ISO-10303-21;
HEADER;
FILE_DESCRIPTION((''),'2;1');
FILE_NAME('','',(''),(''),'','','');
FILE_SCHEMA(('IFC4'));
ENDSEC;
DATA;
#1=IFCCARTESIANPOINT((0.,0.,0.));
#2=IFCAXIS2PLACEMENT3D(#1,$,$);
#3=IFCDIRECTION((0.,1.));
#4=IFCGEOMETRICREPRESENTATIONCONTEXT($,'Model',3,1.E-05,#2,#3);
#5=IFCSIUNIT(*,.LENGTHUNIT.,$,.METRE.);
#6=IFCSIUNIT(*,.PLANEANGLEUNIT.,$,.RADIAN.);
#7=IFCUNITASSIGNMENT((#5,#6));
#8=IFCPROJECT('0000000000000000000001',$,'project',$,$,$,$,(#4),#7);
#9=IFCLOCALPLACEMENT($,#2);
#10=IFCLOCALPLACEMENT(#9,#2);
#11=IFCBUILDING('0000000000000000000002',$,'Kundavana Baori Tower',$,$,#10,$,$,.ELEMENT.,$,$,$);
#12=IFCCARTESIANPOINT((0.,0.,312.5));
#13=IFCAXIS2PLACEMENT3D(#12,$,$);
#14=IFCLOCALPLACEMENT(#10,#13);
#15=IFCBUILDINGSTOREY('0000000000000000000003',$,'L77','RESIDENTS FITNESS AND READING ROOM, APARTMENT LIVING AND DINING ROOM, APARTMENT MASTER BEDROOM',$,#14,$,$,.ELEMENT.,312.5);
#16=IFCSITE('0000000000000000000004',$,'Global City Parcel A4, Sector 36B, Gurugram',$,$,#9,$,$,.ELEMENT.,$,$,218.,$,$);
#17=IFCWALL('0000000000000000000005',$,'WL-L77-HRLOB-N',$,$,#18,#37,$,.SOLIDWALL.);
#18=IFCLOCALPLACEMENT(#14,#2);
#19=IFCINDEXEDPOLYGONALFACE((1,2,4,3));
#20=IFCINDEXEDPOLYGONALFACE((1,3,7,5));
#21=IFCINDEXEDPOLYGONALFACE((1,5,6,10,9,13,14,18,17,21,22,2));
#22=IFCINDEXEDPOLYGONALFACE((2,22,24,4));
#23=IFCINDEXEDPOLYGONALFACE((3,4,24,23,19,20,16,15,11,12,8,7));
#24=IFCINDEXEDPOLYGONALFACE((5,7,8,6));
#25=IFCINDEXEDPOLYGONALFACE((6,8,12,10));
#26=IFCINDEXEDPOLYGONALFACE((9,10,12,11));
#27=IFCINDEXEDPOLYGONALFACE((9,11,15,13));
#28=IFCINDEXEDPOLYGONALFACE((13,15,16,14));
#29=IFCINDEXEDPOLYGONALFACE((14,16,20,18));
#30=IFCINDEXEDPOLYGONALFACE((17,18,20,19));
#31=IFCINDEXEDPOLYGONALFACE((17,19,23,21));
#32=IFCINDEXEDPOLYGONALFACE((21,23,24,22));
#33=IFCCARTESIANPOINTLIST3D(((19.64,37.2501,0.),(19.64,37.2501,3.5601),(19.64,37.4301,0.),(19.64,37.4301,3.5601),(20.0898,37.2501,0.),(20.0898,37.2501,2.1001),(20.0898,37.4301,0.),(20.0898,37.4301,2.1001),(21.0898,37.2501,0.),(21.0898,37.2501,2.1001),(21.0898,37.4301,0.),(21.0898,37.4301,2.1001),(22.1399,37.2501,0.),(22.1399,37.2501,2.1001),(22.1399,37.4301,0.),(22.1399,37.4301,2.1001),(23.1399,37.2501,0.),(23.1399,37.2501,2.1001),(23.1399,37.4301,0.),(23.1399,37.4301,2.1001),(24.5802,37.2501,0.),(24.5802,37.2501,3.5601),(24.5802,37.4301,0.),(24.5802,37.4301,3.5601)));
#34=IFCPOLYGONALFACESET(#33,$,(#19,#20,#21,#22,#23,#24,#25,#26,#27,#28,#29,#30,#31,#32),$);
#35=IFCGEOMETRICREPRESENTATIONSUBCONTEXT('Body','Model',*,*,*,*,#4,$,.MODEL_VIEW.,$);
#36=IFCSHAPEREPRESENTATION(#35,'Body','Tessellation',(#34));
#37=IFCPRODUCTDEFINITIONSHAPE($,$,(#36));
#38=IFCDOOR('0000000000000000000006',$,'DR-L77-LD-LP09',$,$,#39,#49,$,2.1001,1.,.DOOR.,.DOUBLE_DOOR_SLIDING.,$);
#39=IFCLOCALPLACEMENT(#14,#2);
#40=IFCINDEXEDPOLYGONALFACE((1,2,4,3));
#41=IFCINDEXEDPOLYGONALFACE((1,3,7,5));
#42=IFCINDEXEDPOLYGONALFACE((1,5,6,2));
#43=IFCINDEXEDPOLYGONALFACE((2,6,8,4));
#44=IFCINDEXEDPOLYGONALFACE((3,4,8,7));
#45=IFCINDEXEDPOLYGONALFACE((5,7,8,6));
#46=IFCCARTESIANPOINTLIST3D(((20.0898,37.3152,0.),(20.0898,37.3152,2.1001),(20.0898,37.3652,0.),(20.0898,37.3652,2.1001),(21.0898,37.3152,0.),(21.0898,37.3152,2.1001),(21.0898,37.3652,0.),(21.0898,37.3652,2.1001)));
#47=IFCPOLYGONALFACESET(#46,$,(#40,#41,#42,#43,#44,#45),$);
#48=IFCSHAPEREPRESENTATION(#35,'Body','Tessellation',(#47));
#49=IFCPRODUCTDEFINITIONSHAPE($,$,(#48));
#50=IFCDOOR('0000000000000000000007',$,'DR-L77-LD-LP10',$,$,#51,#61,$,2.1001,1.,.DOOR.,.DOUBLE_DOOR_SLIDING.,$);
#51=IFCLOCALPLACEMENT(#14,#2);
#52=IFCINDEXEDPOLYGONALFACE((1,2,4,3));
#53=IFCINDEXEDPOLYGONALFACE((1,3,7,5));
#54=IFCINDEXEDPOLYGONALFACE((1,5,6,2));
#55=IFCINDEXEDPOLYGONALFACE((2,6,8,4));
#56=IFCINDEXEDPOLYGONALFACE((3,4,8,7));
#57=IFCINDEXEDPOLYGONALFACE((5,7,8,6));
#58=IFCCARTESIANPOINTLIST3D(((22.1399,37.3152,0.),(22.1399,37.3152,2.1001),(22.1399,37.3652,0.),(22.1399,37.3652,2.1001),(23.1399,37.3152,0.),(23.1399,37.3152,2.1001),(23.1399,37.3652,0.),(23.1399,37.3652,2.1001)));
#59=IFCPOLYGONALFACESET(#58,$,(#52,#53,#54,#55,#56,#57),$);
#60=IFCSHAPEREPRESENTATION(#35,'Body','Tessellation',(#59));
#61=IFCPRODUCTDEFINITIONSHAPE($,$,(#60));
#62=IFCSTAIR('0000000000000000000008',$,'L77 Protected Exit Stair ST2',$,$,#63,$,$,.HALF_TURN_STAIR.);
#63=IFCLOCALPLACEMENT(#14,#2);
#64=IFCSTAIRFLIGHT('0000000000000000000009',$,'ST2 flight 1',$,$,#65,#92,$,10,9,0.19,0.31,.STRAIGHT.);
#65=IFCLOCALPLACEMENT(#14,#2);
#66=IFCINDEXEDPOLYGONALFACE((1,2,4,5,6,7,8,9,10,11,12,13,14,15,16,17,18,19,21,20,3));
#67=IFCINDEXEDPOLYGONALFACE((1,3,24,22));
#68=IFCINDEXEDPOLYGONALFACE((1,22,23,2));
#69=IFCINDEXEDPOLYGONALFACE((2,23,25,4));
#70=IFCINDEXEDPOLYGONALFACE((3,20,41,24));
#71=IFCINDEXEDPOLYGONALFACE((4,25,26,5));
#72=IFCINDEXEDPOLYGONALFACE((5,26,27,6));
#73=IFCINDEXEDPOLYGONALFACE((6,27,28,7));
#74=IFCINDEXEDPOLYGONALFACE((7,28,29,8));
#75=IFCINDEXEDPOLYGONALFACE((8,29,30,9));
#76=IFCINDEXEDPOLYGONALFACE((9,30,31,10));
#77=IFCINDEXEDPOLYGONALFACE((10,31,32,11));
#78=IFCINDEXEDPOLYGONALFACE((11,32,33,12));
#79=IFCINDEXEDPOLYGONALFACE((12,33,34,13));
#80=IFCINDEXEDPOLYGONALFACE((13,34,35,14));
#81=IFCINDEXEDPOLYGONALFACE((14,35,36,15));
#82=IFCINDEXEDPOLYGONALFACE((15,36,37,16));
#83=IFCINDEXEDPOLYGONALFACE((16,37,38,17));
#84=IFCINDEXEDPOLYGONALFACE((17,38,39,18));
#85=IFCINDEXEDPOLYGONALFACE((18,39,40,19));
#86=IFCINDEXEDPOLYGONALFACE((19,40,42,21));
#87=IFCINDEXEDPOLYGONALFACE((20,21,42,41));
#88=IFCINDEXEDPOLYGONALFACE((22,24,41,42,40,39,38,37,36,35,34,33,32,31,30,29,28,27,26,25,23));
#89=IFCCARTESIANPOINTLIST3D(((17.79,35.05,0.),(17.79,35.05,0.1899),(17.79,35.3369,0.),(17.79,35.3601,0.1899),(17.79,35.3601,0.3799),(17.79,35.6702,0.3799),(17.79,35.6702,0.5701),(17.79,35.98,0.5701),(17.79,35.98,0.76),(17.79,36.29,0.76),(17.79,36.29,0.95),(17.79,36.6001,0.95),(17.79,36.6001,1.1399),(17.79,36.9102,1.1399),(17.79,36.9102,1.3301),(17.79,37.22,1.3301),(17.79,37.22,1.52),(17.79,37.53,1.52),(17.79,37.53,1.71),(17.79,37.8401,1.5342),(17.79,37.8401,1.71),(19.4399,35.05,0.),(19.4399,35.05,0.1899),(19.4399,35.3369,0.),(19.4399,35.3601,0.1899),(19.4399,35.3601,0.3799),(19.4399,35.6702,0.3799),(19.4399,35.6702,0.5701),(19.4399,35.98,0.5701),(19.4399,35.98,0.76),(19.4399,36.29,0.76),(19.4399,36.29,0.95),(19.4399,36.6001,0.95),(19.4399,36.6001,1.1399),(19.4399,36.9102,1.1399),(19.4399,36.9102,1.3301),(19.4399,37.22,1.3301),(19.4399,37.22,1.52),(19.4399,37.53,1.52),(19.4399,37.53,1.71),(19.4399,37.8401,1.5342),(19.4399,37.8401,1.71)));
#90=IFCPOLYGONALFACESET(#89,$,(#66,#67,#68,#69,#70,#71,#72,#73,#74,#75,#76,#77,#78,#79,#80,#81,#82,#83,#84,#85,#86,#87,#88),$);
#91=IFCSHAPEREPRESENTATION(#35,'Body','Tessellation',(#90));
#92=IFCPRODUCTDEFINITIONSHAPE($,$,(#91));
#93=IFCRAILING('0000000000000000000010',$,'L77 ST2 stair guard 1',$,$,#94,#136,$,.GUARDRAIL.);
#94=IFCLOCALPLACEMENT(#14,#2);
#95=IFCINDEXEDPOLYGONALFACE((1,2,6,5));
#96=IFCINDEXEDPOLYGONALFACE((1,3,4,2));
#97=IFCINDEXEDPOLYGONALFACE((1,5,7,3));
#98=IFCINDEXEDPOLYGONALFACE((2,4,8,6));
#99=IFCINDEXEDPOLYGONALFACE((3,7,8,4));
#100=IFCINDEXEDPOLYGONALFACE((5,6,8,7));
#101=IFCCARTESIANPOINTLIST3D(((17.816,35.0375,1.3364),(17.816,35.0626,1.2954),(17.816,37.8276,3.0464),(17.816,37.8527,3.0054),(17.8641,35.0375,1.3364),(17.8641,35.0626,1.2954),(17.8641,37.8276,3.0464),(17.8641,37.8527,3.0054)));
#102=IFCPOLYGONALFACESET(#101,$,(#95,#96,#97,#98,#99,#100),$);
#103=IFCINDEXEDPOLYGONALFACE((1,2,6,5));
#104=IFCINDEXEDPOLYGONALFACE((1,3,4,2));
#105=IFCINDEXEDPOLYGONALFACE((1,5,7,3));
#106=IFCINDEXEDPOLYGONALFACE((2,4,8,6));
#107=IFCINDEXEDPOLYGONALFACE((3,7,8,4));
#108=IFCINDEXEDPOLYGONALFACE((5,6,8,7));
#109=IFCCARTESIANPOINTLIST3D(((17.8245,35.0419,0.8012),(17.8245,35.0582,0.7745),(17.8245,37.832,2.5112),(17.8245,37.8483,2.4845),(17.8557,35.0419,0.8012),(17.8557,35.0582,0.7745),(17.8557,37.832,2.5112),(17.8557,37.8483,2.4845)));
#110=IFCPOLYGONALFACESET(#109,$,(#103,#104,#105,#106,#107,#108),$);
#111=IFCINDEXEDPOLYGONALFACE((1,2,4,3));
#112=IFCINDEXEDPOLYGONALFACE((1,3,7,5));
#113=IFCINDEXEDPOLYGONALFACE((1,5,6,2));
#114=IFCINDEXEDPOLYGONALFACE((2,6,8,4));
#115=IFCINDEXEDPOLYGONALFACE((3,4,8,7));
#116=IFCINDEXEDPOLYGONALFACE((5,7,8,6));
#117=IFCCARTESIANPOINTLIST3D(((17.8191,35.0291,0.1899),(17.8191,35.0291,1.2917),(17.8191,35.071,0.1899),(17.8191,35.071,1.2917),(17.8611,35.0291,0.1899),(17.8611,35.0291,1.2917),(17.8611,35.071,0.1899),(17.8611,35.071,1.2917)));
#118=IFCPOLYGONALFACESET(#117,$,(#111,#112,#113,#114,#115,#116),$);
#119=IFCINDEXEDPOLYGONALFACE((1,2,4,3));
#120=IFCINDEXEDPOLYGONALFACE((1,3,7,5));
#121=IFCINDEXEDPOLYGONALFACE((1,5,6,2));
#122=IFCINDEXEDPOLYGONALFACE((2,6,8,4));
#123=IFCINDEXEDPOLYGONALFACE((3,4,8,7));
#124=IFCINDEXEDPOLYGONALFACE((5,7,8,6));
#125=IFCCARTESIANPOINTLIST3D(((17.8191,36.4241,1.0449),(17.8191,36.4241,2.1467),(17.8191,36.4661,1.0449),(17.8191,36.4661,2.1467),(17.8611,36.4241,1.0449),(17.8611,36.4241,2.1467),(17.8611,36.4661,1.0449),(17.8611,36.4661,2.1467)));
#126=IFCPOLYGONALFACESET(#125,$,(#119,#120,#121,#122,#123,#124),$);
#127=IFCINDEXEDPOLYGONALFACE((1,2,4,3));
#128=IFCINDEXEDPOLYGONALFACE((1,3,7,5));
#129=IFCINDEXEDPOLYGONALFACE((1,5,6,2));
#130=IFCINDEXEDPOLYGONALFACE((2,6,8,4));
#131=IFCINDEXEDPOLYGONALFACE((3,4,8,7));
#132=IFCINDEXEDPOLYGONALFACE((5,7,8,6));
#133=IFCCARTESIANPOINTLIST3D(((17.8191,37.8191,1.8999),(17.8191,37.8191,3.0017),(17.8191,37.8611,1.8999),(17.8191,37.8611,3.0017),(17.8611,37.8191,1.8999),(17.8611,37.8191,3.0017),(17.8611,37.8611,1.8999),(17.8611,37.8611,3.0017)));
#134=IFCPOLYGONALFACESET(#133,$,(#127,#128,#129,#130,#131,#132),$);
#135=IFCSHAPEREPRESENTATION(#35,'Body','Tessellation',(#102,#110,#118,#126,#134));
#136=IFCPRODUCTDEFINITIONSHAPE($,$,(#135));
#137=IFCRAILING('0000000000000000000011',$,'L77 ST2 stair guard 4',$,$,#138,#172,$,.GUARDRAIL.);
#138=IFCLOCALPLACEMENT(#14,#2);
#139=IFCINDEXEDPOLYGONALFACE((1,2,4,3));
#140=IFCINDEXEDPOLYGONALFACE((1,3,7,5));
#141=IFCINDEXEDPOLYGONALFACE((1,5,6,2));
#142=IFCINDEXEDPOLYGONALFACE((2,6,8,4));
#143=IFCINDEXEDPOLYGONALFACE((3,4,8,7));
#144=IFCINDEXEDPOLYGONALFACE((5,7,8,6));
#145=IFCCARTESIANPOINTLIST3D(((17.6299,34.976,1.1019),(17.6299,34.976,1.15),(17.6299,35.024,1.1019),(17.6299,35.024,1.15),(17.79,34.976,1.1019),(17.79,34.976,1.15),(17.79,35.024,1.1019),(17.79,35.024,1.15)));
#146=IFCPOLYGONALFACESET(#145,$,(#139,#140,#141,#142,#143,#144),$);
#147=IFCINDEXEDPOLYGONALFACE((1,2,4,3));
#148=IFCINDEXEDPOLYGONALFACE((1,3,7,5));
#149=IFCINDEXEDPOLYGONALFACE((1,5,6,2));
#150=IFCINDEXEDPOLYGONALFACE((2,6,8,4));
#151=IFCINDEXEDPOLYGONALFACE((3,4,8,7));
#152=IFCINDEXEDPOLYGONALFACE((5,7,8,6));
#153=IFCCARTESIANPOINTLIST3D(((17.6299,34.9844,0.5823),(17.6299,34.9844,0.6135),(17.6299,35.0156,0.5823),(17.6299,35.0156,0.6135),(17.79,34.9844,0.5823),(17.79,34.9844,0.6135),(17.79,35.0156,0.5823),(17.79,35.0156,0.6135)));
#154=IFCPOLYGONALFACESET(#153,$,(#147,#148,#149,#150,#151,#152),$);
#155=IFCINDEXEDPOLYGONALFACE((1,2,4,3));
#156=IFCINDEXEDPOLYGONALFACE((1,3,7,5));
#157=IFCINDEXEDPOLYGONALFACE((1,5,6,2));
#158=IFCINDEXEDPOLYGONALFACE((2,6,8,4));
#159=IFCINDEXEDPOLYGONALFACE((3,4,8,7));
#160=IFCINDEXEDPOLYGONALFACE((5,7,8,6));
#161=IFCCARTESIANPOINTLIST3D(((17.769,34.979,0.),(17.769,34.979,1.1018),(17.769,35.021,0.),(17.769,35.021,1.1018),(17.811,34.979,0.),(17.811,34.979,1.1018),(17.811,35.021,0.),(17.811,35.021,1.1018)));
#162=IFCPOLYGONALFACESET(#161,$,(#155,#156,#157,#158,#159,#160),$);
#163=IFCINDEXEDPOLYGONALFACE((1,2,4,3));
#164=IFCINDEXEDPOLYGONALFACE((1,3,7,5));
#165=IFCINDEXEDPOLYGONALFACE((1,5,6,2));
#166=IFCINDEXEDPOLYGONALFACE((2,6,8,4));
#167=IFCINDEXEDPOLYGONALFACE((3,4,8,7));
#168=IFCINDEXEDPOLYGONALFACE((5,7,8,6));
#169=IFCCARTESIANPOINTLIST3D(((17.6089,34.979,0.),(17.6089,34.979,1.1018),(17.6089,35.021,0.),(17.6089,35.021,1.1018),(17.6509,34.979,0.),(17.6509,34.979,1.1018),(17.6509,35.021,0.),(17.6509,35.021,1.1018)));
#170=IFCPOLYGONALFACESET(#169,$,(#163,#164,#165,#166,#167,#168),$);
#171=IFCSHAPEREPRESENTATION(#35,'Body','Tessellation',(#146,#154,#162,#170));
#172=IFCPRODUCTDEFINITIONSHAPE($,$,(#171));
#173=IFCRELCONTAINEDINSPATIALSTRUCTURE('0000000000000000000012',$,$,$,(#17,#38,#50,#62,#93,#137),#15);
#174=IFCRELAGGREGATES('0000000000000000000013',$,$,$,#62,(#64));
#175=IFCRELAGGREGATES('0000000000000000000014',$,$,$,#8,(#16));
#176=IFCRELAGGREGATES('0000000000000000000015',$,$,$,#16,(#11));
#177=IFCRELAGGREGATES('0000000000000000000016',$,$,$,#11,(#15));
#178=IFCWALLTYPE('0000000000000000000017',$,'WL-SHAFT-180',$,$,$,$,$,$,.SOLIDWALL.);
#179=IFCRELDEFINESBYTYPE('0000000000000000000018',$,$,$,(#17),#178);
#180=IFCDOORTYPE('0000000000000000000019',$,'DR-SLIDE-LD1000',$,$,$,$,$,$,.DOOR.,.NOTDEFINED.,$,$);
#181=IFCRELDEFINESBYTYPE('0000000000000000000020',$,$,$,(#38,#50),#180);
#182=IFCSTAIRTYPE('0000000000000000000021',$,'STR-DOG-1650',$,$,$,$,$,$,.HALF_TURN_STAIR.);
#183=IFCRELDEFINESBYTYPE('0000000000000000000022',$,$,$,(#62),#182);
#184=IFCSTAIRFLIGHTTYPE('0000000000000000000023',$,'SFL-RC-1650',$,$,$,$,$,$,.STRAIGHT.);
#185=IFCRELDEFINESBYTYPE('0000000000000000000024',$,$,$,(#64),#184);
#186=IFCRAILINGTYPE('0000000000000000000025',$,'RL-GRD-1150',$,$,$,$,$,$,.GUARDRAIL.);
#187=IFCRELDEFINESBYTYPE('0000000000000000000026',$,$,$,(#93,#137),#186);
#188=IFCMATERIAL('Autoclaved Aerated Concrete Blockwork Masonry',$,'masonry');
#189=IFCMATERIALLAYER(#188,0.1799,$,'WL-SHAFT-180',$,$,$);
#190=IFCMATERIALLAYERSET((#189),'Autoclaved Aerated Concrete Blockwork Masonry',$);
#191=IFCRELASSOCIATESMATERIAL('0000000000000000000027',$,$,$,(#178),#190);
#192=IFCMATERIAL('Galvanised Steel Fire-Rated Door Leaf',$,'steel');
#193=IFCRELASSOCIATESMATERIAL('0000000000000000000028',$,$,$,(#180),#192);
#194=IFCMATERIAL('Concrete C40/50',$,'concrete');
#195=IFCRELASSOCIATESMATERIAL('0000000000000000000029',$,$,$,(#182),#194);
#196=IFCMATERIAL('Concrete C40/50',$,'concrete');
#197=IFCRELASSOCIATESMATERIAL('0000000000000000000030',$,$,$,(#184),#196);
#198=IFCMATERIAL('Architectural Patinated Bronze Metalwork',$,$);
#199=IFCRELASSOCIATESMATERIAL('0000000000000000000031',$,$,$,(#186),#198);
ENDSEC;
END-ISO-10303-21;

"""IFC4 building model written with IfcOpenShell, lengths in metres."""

from ifc_helpers import new_model, si_unit, direction, frame, frame_2d, origin, origin_2d, place, context, subcontext, project, spatial, polyline, rectangle, outline, extrude, material, layer, layer_set, type_object, element, fill, aggregate, save


model = new_model("IFC4")

# Units and contexts
model_context = context("Model", 3, precision=1e-05, world=origin(), true_north=direction((0.0, 1.0)))
body_context = subcontext(model_context, "Body", "Model", "MODEL_VIEW")
ifc_project = project(units=[si_unit("LENGTHUNIT", "METRE"), si_unit("PLANEANGLEUNIT", "RADIAN")], contexts=[model_context])

# Site, building, storey
site_placement = place(None, origin())
site = spatial("IfcSite", under=ifc_project, at=site_placement, Name="Global City Parcel A4, Sector 36B, Gurugram", CompositionType="ELEMENT", RefElevation=218.0)
building_placement = place(site_placement, origin())
building = spatial("IfcBuilding", under=site, at=building_placement, Name="Kundavana Baori Tower", CompositionType="ELEMENT")
storey_placement = place(building_placement, frame((0.0, 0.0, 312.5)))
storey = spatial("IfcBuildingStorey", under=building, at=storey_placement, Name="L77", Description="RESIDENTS FITNESS AND READING ROOM, APARTMENT LIVING AND DINING ROOM, APARTMENT MASTER BEDROOM", CompositionType="ELEMENT", Elevation=312.5)

# Shared definitions
ifc_material_1 = material(Name="Autoclaved Aerated Concrete Blockwork Masonry", Category="masonry")
ifc_layer_1 = layer(ifc_material_1, 0.1799, Name="WL-SHAFT-180")
ifc_layer_set_1 = layer_set([ifc_layer_1], Name="Autoclaved Aerated Concrete Blockwork Masonry")
wall_type_1 = type_object("IfcWallType", Name="WL-SHAFT-180", PredefinedType="SOLIDWALL", material=ifc_layer_set_1)
ifc_material_2 = material(Name="Galvanised Steel Fire-Rated Door Leaf", Category="steel")
door_type_1 = type_object("IfcDoorType", Name="DR-SLIDE-LD1000", OperationType="NOTDEFINED", PredefinedType="DOOR", material=ifc_material_2)

# Wall, openings, doors
wall_1_placement = place(storey_placement, frame((19.6399, 37.3401, 0.0), z_axis=(0.0, 0.0, 1.0), x_axis=(1.0, 0.0, 0.0)))
wall_1 = element("IfcWall", 1, at=wall_1_placement, inside=storey, type_object=wall_type_1, Name="WL-L77-HRLOB-N", PredefinedType="SOLIDWALL", context=body_context, shape_type="SweptSolid", body=[
    extrude(rectangle(XDim=4.9402, YDim=0.1799, at=frame_2d((2.4702, 0.0))), origin(), (0.0, 0.0, 1.0), 3.5601),
])
opening_1_placement = place(wall_1_placement, frame((0.45, 0.0, 0.0)))
opening_1 = element("IfcOpeningElement", 2, at=opening_1_placement, cuts=wall_1, PredefinedType="OPENING", context=body_context, shape_type="SweptSolid", body=[
    extrude(rectangle(XDim=1.0, YDim=2.1001, at=frame_2d((0.5, 1.05))), frame((0.0, 0.1001, 0.0), z_axis=(0.0, -1.0, 0.0), x_axis=(1.0, 0.0, 0.0)), (0.0, 0.0, 1.0), 0.2),
])
opening_2_placement = place(wall_1_placement, frame((2.5, 0.0, 0.0)))
opening_2 = element("IfcOpeningElement", 3, at=opening_2_placement, cuts=wall_1, PredefinedType="OPENING", context=body_context, shape_type="SweptSolid", body=[
    extrude(rectangle(XDim=1.0, YDim=2.1001, at=frame_2d((0.5, 1.05))), frame((0.0, 0.1001, 0.0), z_axis=(0.0, -1.0, 0.0), x_axis=(1.0, 0.0, 0.0)), (0.0, 0.0, 1.0), 0.2),
])
door_1_placement = place(opening_1_placement, frame((1.0, 0.0, 0.0), z_axis=(0.0, 0.0, 1.0), x_axis=(-1.0, 0.0, 0.0)))
door_1 = element("IfcDoor", 4, at=door_1_placement, inside=storey, type_object=door_type_1, Name="DR-L77-LD-LP09", OperationType="DOUBLE_DOOR_SLIDING", OverallHeight=2.1001, OverallWidth=1.0, PredefinedType="DOOR", context=body_context, shape_type="SweptSolid", body=[
    extrude(rectangle(XDim=1.0, YDim=2.1001, at=frame_2d((0.5, 1.05))), frame((0.0, 0.0249, 0.0), z_axis=(0.0, -1.0, 0.0), x_axis=(1.0, 0.0, 0.0)), (0.0, 0.0, 1.0), 0.05),
])
fill(opening_1, door_1)
door_2_placement = place(opening_2_placement, frame((1.0, 0.0, 0.0), z_axis=(0.0, 0.0, 1.0), x_axis=(-1.0, 0.0, 0.0)))
door_2 = element("IfcDoor", 5, at=door_2_placement, inside=storey, type_object=door_type_1, Name="DR-L77-LD-LP10", OperationType="DOUBLE_DOOR_SLIDING", OverallHeight=2.1001, OverallWidth=1.0, PredefinedType="DOOR", context=body_context, shape_type="SweptSolid", body=[
    extrude(rectangle(XDim=1.0, YDim=2.1001, at=frame_2d((0.5, 1.05))), frame((0.0, 0.0249, 0.0), z_axis=(0.0, -1.0, 0.0), x_axis=(1.0, 0.0, 0.0)), (0.0, 0.0, 1.0), 0.05),
])
fill(opening_2, door_2)

# Stair, stair flight
ifc_material_3 = material(Name="Concrete C40/50", Category="concrete")
stair_type = type_object("IfcStairType", Name="STR-DOG-1650", PredefinedType="HALF_TURN_STAIR", material=ifc_material_3)
stair_placement = place(storey_placement, origin())
stair = element("IfcStair", 6, at=stair_placement, inside=storey, type_object=stair_type, Name="L77 Protected Exit Stair ST2", PredefinedType="HALF_TURN_STAIR")
ifc_material_4 = material(Name="Concrete C40/50", Category="concrete")
stair_flight_type = type_object("IfcStairFlightType", Name="SFL-RC-1650", PredefinedType="STRAIGHT", material=ifc_material_4)
stair_flight_placement = place(storey_placement, frame((18.615, 35.05, 0.0), z_axis=(0.0, 0.0, 1.0), x_axis=(0.0, 1.0, 0.0)))
stair_flight = element("IfcStairFlight", 7, at=stair_flight_placement, type_object=stair_flight_type, Name="ST2 flight 1", NumberOfRisers=10, NumberOfTreads=9, PredefinedType="STRAIGHT", RiserHeight=0.19, TreadLength=0.31, context=body_context, shape_type="SweptSolid", body=[
    extrude(outline(polyline([(0.0, 0.0), (0.0, 0.1899), (0.3101, 0.1899), (0.3101, 0.3799), (0.6201, 0.3799), (0.6201, 0.5701), (0.9299, 0.5701), (0.9299, 0.76), (1.24, 0.76), (1.24, 0.95), (1.55, 0.95), (1.55, 1.1399), (1.8601, 1.1399), (1.8601, 1.3301), (2.1699, 1.3301), (2.1699, 1.52), (2.48, 1.52), (2.48, 1.71), (2.79, 1.71), (2.79, 1.8999), (2.79, 1.5342), (0.2869, 0.0), (0.0, 0.0)])), frame((0.0, 0.825, 0.0), z_axis=(0.0, -1.0, 0.0), x_axis=(1.0, 0.0, 0.0)), (0.0, 0.0, 1.0), 1.6499),
])
aggregate(stair, [stair_flight])

# Railings
ifc_material_5 = material(Name="Architectural Patinated Bronze Metalwork")
railing_type_1 = type_object("IfcRailingType", Name="RL-GRD-1150", PredefinedType="GUARDRAIL", material=ifc_material_5)
railing_1_placement = place(storey_placement, frame((17.8401, 35.05, 0.1899)))
element("IfcRailing", 8, at=railing_1_placement, inside=storey, type_object=railing_type_1, Name="L77 ST2 stair guard 1", PredefinedType="GUARDRAIL", context=body_context, shape_type="SweptSolid", body=[
    extrude(rectangle(XDim=0.0481, YDim=0.0481, at=origin_2d()), frame((0.0, 0.0, 1.126), z_axis=(0.0, 0.85261, 0.522548), x_axis=(-1.0, 0.0, 0.0)), (0.0, 0.0, 1.0), 3.2725),
    extrude(rectangle(XDim=0.0312, YDim=0.0312, at=origin_2d()), frame((0.0, 0.0, 0.5979), z_axis=(0.0, 0.85261, 0.522548), x_axis=(-1.0, 0.0, 0.0)), (0.0, 0.0, 1.0), 3.2725),
    extrude(rectangle(XDim=0.042, YDim=0.042, at=origin_2d()), origin(), (0.0, 0.0, 1.0), 1.1018),
    extrude(rectangle(XDim=0.042, YDim=0.042, at=origin_2d()), frame((0.0, 1.395, 0.855)), (0.0, 0.0, 1.0), 1.1018),
    extrude(rectangle(XDim=0.042, YDim=0.042, at=origin_2d()), frame((0.0, 2.79, 1.71)), (0.0, 0.0, 1.0), 1.1018),
])
railing_2_placement = place(storey_placement, frame((17.79, 35.0, 0.0)))
element("IfcRailing", 9, at=railing_2_placement, inside=storey, type_object=railing_type_1, Name="L77 ST2 stair guard 4", PredefinedType="GUARDRAIL", context=body_context, shape_type="SweptSolid", body=[
    extrude(rectangle(XDim=0.0481, YDim=0.0481, at=origin_2d()), frame((0.0, 0.0, 1.126), z_axis=(-1.0, 0.0, 0.0), x_axis=(0.0, -1.0, 0.0)), (0.0, 0.0, 1.0), 0.1602),
    extrude(rectangle(XDim=0.0312, YDim=0.0312, at=origin_2d()), frame((0.0, 0.0, 0.5979), z_axis=(-1.0, 0.0, 0.0), x_axis=(0.0, -1.0, 0.0)), (0.0, 0.0, 1.0), 0.1602),
    extrude(rectangle(XDim=0.042, YDim=0.042, at=origin_2d()), origin(), (0.0, 0.0, 1.0), 1.1018),
    extrude(rectangle(XDim=0.042, YDim=0.042, at=origin_2d()), frame((-0.1602, 0.0, 0.0)), (0.0, 0.0, 1.0), 1.1018),
])

save(model, "model.ifc")
